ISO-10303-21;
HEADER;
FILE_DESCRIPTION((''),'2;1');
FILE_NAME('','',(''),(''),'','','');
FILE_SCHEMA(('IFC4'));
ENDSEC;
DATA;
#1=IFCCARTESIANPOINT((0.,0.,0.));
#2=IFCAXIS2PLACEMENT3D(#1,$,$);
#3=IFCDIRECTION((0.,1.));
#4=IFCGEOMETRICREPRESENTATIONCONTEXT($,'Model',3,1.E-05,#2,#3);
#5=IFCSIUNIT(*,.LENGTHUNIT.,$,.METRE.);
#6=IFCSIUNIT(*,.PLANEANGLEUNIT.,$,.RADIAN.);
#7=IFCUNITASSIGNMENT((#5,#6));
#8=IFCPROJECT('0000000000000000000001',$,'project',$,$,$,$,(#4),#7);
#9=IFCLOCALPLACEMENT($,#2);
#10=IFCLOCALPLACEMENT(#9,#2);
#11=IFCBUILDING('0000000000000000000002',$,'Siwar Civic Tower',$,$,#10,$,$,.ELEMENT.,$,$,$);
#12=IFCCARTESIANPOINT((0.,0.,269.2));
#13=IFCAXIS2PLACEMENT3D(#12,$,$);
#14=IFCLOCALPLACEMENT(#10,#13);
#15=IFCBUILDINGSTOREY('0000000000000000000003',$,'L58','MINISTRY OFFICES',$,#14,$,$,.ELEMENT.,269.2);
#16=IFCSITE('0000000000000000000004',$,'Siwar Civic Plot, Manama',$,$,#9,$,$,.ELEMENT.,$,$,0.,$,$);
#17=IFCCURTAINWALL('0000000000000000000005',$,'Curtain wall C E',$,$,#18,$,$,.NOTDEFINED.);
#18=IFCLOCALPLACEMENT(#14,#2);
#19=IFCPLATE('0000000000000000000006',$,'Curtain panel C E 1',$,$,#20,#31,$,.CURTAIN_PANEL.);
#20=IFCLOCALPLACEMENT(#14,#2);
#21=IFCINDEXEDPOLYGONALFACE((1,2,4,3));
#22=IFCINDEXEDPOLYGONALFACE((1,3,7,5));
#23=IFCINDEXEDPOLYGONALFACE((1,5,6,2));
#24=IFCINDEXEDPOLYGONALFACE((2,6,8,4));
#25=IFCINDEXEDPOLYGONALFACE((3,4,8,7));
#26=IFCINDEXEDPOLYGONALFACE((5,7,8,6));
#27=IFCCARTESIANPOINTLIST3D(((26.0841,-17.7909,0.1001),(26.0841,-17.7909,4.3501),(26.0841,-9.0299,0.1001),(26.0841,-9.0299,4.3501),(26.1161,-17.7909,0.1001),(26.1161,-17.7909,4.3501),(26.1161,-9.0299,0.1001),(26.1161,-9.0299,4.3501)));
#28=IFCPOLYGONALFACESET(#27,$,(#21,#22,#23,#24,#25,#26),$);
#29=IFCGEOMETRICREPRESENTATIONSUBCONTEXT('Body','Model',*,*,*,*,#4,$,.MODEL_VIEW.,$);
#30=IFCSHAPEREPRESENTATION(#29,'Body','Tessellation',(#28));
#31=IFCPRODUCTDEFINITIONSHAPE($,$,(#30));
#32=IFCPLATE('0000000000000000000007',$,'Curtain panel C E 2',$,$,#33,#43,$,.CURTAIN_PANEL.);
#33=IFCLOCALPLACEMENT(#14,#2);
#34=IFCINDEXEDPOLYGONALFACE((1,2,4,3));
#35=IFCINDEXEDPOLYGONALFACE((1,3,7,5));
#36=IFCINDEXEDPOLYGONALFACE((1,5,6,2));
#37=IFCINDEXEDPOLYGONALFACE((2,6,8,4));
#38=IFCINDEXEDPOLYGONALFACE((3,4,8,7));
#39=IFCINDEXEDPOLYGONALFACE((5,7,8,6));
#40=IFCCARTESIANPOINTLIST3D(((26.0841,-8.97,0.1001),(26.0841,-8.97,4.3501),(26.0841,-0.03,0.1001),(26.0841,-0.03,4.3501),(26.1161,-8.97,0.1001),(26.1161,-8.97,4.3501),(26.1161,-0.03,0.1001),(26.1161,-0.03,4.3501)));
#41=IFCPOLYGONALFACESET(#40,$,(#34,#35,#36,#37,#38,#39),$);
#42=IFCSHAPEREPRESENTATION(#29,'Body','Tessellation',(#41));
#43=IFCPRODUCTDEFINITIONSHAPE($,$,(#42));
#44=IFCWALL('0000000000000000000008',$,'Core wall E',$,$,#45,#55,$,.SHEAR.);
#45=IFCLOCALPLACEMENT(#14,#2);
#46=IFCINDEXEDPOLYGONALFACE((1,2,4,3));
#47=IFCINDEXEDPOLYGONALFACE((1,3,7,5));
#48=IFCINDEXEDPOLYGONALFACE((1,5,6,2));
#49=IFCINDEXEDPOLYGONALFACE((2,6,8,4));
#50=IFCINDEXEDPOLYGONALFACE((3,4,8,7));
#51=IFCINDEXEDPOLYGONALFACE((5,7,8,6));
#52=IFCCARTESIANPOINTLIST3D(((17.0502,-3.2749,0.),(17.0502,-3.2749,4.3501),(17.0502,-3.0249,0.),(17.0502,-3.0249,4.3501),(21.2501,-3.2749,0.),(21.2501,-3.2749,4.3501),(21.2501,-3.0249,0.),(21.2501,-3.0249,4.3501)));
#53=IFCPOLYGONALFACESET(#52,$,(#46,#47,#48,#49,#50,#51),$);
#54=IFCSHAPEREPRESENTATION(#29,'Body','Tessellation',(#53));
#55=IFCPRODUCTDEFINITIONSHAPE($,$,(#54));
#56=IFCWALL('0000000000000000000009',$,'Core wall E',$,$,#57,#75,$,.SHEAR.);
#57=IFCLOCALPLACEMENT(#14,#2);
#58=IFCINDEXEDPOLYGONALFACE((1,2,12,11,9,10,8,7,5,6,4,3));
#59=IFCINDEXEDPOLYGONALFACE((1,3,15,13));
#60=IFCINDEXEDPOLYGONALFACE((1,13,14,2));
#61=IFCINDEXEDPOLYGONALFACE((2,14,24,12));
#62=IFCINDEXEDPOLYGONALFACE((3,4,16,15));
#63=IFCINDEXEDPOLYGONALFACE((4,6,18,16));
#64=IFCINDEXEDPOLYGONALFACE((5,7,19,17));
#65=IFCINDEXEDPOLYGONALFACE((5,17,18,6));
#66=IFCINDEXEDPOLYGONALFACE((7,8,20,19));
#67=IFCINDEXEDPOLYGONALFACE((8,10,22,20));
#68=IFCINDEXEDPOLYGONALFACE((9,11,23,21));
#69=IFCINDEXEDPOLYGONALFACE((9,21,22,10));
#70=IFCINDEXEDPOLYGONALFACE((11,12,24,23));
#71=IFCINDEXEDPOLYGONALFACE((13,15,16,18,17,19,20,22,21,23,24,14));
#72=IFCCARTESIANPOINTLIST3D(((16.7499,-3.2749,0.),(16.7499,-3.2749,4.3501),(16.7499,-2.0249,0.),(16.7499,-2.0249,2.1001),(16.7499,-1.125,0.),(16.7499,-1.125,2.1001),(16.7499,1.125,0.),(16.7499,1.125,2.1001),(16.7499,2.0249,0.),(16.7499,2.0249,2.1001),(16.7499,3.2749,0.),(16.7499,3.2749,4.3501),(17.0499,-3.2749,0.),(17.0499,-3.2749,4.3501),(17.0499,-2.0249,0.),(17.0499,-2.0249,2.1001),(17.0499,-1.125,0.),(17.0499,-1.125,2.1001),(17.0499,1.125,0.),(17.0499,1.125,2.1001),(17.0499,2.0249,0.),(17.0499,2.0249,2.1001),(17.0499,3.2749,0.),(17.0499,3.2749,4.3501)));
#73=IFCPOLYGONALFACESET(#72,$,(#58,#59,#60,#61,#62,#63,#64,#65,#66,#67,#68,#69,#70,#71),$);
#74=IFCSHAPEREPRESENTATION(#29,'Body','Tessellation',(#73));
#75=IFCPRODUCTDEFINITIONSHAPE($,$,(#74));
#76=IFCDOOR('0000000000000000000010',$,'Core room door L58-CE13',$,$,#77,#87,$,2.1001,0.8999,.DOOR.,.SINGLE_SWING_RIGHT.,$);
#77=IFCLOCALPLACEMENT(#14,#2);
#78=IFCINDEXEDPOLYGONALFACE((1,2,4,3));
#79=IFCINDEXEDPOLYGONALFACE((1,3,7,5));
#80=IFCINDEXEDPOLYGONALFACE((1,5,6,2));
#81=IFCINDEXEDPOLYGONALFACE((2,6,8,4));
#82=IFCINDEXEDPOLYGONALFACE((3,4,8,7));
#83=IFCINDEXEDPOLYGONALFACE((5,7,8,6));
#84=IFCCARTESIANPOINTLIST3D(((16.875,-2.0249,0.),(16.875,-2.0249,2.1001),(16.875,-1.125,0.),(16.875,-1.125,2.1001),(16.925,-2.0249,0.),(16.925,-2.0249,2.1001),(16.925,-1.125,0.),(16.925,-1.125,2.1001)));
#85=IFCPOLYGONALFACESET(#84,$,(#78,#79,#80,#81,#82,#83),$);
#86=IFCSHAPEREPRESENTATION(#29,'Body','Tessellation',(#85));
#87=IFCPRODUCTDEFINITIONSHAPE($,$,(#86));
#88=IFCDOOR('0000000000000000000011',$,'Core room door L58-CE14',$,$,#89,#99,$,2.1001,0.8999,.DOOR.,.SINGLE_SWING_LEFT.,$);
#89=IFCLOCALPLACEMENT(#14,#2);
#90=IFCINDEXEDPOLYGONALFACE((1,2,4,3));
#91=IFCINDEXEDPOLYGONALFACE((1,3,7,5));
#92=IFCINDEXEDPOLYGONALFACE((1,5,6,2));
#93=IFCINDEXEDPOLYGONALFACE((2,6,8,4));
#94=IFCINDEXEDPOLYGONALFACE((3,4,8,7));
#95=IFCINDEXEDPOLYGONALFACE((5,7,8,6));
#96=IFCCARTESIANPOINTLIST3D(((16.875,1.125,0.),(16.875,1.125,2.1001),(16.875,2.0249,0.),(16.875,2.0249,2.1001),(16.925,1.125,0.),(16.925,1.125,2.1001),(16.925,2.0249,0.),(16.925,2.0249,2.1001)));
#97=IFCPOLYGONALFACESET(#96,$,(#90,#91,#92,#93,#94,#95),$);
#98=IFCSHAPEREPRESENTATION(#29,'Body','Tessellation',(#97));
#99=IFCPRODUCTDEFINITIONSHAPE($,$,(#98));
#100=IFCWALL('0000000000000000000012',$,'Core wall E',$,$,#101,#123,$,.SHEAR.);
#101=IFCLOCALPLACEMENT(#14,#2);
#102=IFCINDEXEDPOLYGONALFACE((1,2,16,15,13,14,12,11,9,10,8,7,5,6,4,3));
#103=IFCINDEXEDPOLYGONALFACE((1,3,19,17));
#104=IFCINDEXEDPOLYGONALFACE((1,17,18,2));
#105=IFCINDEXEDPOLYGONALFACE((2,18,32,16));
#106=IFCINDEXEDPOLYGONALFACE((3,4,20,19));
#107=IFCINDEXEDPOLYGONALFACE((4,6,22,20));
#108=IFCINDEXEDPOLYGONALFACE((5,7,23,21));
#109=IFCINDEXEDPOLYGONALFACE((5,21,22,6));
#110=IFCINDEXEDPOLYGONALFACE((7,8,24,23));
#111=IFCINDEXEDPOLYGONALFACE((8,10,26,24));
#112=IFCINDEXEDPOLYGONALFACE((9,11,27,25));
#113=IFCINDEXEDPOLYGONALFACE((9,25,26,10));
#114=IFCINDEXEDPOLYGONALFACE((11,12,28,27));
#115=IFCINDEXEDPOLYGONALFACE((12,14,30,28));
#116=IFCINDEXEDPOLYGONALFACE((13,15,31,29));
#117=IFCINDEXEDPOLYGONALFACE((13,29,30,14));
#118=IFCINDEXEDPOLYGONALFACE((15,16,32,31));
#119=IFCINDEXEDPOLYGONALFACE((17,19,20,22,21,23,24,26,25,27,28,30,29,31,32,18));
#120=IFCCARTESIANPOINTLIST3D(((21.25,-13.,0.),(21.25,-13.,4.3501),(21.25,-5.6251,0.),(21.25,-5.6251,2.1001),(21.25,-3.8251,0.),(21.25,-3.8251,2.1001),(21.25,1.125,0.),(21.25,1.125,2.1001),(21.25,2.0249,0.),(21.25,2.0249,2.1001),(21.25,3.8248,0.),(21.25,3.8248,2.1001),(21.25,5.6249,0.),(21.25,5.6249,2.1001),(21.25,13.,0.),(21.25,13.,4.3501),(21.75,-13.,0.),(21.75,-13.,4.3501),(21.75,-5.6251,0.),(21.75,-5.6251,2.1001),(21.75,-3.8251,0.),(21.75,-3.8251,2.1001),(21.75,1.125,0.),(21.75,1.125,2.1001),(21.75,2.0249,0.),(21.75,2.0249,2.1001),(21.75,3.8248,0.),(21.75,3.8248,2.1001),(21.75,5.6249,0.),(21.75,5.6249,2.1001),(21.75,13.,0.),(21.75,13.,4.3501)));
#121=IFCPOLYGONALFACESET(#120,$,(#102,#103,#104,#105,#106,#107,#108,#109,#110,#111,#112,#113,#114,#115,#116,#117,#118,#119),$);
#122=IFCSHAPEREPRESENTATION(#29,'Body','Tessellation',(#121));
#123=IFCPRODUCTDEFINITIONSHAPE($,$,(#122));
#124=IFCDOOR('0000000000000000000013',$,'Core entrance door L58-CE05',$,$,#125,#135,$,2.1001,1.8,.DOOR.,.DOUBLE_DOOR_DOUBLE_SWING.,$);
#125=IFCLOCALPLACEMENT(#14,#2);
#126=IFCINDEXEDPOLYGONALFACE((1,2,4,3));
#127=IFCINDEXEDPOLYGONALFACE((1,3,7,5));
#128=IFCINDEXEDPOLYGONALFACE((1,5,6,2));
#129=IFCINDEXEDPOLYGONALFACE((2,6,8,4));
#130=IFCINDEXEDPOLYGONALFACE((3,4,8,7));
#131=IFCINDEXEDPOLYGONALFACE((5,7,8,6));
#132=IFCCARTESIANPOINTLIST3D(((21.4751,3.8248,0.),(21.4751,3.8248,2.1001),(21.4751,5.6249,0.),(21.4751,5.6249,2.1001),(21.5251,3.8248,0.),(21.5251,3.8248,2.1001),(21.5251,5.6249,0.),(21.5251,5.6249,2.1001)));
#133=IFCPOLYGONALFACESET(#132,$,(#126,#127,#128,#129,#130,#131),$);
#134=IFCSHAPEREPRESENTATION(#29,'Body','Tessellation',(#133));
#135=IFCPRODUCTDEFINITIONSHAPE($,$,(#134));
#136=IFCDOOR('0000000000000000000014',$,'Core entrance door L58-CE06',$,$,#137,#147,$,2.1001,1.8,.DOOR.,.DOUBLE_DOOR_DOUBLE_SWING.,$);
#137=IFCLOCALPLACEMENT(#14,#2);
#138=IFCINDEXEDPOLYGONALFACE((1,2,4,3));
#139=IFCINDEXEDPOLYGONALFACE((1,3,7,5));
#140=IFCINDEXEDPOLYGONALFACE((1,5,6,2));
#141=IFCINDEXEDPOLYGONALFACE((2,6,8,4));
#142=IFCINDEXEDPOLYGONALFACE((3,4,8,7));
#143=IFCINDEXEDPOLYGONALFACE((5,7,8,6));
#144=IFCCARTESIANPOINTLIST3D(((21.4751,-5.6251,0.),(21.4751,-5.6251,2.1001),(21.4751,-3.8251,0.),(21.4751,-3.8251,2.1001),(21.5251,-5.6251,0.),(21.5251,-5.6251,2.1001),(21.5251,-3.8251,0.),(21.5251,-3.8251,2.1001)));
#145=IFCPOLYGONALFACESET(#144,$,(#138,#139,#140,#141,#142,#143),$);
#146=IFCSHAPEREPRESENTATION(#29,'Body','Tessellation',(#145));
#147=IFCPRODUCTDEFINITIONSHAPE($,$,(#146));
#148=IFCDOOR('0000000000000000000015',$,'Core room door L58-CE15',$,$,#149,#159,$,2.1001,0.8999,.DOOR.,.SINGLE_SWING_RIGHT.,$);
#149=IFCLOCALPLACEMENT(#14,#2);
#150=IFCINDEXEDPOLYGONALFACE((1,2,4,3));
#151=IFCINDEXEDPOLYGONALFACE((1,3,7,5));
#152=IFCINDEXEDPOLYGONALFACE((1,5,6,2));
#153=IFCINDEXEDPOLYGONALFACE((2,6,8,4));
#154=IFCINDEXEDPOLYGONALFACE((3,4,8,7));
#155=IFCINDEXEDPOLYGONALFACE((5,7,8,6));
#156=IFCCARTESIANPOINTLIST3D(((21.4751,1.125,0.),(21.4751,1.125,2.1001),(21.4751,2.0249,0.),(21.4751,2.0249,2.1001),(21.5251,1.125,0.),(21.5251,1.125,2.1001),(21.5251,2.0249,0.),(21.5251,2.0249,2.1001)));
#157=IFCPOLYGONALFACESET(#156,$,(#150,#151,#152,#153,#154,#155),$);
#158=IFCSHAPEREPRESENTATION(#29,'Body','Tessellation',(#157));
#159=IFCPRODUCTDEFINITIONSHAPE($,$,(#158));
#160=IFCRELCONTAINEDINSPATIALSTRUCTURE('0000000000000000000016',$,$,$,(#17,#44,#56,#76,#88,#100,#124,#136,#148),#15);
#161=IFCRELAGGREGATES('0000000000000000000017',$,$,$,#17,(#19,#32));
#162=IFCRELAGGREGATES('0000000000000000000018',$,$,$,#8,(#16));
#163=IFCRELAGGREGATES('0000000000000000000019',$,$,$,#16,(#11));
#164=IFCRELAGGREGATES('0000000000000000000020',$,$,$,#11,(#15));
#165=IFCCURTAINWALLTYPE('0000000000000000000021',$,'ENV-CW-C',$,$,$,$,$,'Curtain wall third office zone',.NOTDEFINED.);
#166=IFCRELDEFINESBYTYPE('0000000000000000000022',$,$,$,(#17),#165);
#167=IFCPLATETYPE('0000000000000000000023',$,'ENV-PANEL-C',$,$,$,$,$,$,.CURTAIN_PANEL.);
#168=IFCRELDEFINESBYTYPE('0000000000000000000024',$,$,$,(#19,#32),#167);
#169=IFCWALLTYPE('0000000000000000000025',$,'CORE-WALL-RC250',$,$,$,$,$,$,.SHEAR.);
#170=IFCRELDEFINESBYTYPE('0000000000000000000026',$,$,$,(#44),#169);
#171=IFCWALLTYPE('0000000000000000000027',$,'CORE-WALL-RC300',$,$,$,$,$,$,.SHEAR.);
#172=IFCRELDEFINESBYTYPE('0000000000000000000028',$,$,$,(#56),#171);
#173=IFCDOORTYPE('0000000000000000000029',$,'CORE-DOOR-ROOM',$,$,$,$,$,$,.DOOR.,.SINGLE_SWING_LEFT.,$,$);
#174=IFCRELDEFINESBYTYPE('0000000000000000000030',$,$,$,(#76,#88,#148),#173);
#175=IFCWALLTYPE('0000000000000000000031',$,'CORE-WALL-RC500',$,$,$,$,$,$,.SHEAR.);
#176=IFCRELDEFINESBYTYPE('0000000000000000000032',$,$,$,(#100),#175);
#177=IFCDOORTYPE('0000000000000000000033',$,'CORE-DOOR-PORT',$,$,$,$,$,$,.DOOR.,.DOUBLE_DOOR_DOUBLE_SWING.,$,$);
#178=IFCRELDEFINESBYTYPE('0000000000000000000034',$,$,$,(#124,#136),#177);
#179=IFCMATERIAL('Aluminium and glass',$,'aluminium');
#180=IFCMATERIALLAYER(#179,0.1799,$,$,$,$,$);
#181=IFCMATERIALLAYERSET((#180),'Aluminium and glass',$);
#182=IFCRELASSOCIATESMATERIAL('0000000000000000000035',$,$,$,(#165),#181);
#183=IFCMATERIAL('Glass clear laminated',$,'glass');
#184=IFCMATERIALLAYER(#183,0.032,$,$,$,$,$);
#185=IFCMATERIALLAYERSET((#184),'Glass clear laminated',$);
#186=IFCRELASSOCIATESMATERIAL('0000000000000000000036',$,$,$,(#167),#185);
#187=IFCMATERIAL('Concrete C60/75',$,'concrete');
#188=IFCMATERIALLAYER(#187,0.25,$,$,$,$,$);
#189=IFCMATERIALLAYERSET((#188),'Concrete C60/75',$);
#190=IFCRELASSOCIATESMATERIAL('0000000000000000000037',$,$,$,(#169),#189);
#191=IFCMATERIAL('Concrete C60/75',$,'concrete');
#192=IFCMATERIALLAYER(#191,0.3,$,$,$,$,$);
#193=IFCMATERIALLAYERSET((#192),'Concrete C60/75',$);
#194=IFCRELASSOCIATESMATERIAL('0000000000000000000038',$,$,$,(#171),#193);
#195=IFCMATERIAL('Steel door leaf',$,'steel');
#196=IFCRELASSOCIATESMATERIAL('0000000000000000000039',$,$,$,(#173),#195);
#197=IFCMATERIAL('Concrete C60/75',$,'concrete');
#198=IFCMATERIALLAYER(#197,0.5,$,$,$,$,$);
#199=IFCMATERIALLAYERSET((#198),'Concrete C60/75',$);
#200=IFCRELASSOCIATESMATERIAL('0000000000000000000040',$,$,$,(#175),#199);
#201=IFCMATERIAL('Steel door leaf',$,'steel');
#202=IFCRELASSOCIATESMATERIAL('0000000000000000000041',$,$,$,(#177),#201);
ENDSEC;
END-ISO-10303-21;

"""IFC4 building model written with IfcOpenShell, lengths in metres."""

from ifc_helpers import new_model, si_unit, direction, frame, frame_2d, origin, origin_2d, place, context, subcontext, project, spatial, rectangle, extrude, material, layer, layer_set, type_object, element, fill, aggregate, save


model = new_model("IFC4")

# Units and contexts
model_context = context("Model", 3, precision=1e-05, world=origin(), true_north=direction((0.0, 1.0)))
body_context = subcontext(model_context, "Body", "Model", "MODEL_VIEW")
ifc_project = project(units=[si_unit("LENGTHUNIT", "METRE"), si_unit("PLANEANGLEUNIT", "RADIAN")], contexts=[model_context])

# Site, building, storey
site_placement = place(None, origin())
site = spatial("IfcSite", under=ifc_project, at=site_placement, Name="Siwar Civic Plot, Manama", CompositionType="ELEMENT", RefElevation=0.0)
building_placement = place(site_placement, origin())
building = spatial("IfcBuilding", under=site, at=building_placement, Name="Siwar Civic Tower", CompositionType="ELEMENT")
storey_placement = place(building_placement, frame((0.0, 0.0, 269.2)))
storey = spatial("IfcBuildingStorey", under=building, at=storey_placement, Name="L58", Description="MINISTRY OFFICES", CompositionType="ELEMENT", Elevation=269.2)

# Curtain wall
ifc_material_1 = material(Name="Aluminium and glass", Category="aluminium")
ifc_layer_1 = layer(ifc_material_1, 0.1799)
ifc_layer_set_1 = layer_set([ifc_layer_1], Name="Aluminium and glass")
curtain_wall_type = type_object("IfcCurtainWallType", Name="ENV-CW-C", ElementType="Curtain wall third office zone", PredefinedType="NOTDEFINED", material=ifc_layer_set_1)
curtain_wall_placement = place(storey_placement, origin())
curtain_wall = element("IfcCurtainWall", 1, at=curtain_wall_placement, inside=storey, type_object=curtain_wall_type, Name="Curtain wall C E", PredefinedType="NOTDEFINED")

# Plates
ifc_material_2 = material(Name="Glass clear laminated", Category="glass")
ifc_layer_2 = layer(ifc_material_2, 0.032)
ifc_layer_set_2 = layer_set([ifc_layer_2], Name="Glass clear laminated")
plate_type = type_object("IfcPlateType", Name="ENV-PANEL-C", PredefinedType="CURTAIN_PANEL", material=ifc_layer_set_2)
plate_1_placement = place(storey_placement, frame((26.1001, -13.4104, 0.1001), z_axis=(0.0, 0.0, 1.0), x_axis=(0.0, 1.0, 0.0)))
plate_1 = element("IfcPlate", 2, at=plate_1_placement, type_object=plate_type, Name="Curtain panel C E 1", PredefinedType="CURTAIN_PANEL", context=body_context, shape_type="SweptSolid", body=[
    extrude(rectangle(XDim=8.761, YDim=0.032, at=origin_2d()), origin(), (0.0, 0.0, 1.0), 4.25),
])
plate_2_placement = place(storey_placement, frame((26.1001, -4.5, 0.1001), z_axis=(0.0, 0.0, 1.0), x_axis=(0.0, 1.0, 0.0)))
plate_2 = element("IfcPlate", 3, at=plate_2_placement, type_object=plate_type, Name="Curtain panel C E 2", PredefinedType="CURTAIN_PANEL", context=body_context, shape_type="SweptSolid", body=[
    extrude(rectangle(XDim=8.9399, YDim=0.032, at=origin_2d()), origin(), (0.0, 0.0, 1.0), 4.25),
])
aggregate(curtain_wall, [plate_1, plate_2])

# Wall
ifc_material_3 = material(Name="Concrete C60/75", Category="concrete")
ifc_layer_3 = layer(ifc_material_3, 0.25)
ifc_layer_set_3 = layer_set([ifc_layer_3], Name="Concrete C60/75")
wall_type_1 = type_object("IfcWallType", Name="CORE-WALL-RC250", PredefinedType="SHEAR", material=ifc_layer_set_3)
wall_1_placement = place(storey_placement, frame((17.05, -3.1499, 0.0), z_axis=(0.0, 0.0, 1.0), x_axis=(1.0, 0.0, 0.0)))
element("IfcWall", 4, at=wall_1_placement, inside=storey, type_object=wall_type_1, Name="Core wall E", PredefinedType="SHEAR", context=body_context, shape_type="SweptSolid", body=[
    extrude(rectangle(XDim=4.2, YDim=0.25, at=frame_2d((2.1001, 0.0))), origin(), (0.0, 0.0, 1.0), 4.3501),
])

# Walls, openings, doors
ifc_material_4 = material(Name="Concrete C60/75", Category="concrete")
ifc_layer_4 = layer(ifc_material_4, 0.3)
ifc_layer_set_4 = layer_set([ifc_layer_4], Name="Concrete C60/75")
wall_type_2 = type_object("IfcWallType", Name="CORE-WALL-RC300", PredefinedType="SHEAR", material=ifc_layer_set_4)
wall_2_placement = place(storey_placement, frame((16.8999, -3.2749, 0.0), z_axis=(0.0, 0.0, 1.0), x_axis=(0.0, 1.0, 0.0)))
wall_2 = element("IfcWall", 5, at=wall_2_placement, inside=storey, type_object=wall_type_2, Name="Core wall E", PredefinedType="SHEAR", context=body_context, shape_type="SweptSolid", body=[
    extrude(rectangle(XDim=6.5498, YDim=0.3, at=frame_2d((3.2749, 0.0))), origin(), (0.0, 0.0, 1.0), 4.3501),
])
opening_1_placement = place(wall_2_placement, frame((1.25, 0.0, 0.0)))
opening_1 = element("IfcOpeningElement", 6, at=opening_1_placement, cuts=wall_2, PredefinedType="OPENING", context=body_context, shape_type="SweptSolid", body=[
    extrude(rectangle(XDim=0.8999, YDim=2.1001, at=frame_2d((0.45, 1.05))), frame((0.0, 0.1602, 0.0), z_axis=(0.0, -1.0, 0.0), x_axis=(1.0, 0.0, 0.0)), (0.0, 0.0, 1.0), 0.3201),
])
opening_2_placement = place(wall_2_placement, frame((4.3999, 0.0, 0.0)))
opening_2 = element("IfcOpeningElement", 7, at=opening_2_placement, cuts=wall_2, PredefinedType="OPENING", context=body_context, shape_type="SweptSolid", body=[
    extrude(rectangle(XDim=0.8999, YDim=2.1001, at=frame_2d((0.45, 1.05))), frame((0.0, 0.1602, 0.0), z_axis=(0.0, -1.0, 0.0), x_axis=(1.0, 0.0, 0.0)), (0.0, 0.0, 1.0), 0.3201),
])
ifc_material_5 = material(Name="Steel door leaf", Category="steel")
door_type_1 = type_object("IfcDoorType", Name="CORE-DOOR-ROOM", OperationType="SINGLE_SWING_LEFT", PredefinedType="DOOR", material=ifc_material_5)
door_1_placement = place(opening_1_placement, origin())
door_1 = element("IfcDoor", 8, at=door_1_placement, inside=storey, type_object=door_type_1, Name="Core room door L58-CE13", OperationType="SINGLE_SWING_RIGHT", OverallHeight=2.1001, OverallWidth=0.8999, PredefinedType="DOOR", context=body_context, shape_type="SweptSolid", body=[
    extrude(rectangle(XDim=0.8999, YDim=2.1001, at=frame_2d((0.45, 1.05))), frame((0.0, 0.0249, 0.0), z_axis=(0.0, -1.0, 0.0), x_axis=(1.0, 0.0, 0.0)), (0.0, 0.0, 1.0), 0.05),
])
fill(opening_1, door_1)
door_2_placement = place(opening_2_placement, origin())
door_2 = element("IfcDoor", 9, at=door_2_placement, inside=storey, type_object=door_type_1, Name="Core room door L58-CE14", OperationType="SINGLE_SWING_LEFT", OverallHeight=2.1001, OverallWidth=0.8999, PredefinedType="DOOR", context=body_context, shape_type="SweptSolid", body=[
    extrude(rectangle(XDim=0.8999, YDim=2.1001, at=frame_2d((0.45, 1.05))), frame((0.0, 0.0249, 0.0), z_axis=(0.0, -1.0, 0.0), x_axis=(1.0, 0.0, 0.0)), (0.0, 0.0, 1.0), 0.05),
])
fill(opening_2, door_2)
ifc_material_6 = material(Name="Concrete C60/75", Category="concrete")
ifc_layer_5 = layer(ifc_material_6, 0.5)
ifc_layer_set_5 = layer_set([ifc_layer_5], Name="Concrete C60/75")
wall_type_3 = type_object("IfcWallType", Name="CORE-WALL-RC500", PredefinedType="SHEAR", material=ifc_layer_set_5)
wall_3_placement = place(storey_placement, frame((21.5, -13.0, 0.0), z_axis=(0.0, 0.0, 1.0), x_axis=(0.0, 1.0, 0.0)))
wall_3 = element("IfcWall", 10, at=wall_3_placement, inside=storey, type_object=wall_type_3, Name="Core wall E", PredefinedType="SHEAR", context=body_context, shape_type="SweptSolid", body=[
    extrude(rectangle(XDim=26.0, YDim=0.5, at=frame_2d((13.0, 0.0))), origin(), (0.0, 0.0, 1.0), 4.3501),
])
opening_3_placement = place(wall_3_placement, frame((16.825, 0.0, 0.0)))
opening_3 = element("IfcOpeningElement", 11, at=opening_3_placement, cuts=wall_3, PredefinedType="OPENING", context=body_context, shape_type="SweptSolid", body=[
    extrude(rectangle(XDim=1.8, YDim=2.1001, at=frame_2d((0.8999, 1.05))), frame((0.0, 0.26, 0.0), z_axis=(0.0, -1.0, 0.0), x_axis=(1.0, 0.0, 0.0)), (0.0, 0.0, 1.0), 0.52),
])
opening_4_placement = place(wall_3_placement, frame((7.375, 0.0, 0.0)))
opening_4 = element("IfcOpeningElement", 12, at=opening_4_placement, cuts=wall_3, PredefinedType="OPENING", context=body_context, shape_type="SweptSolid", body=[
    extrude(rectangle(XDim=1.8, YDim=2.1001, at=frame_2d((0.8999, 1.05))), frame((0.0, 0.26, 0.0), z_axis=(0.0, -1.0, 0.0), x_axis=(1.0, 0.0, 0.0)), (0.0, 0.0, 1.0), 0.52),
])
opening_5_placement = place(wall_3_placement, frame((14.125, 0.0, 0.0)))
opening_5 = element("IfcOpeningElement", 13, at=opening_5_placement, cuts=wall_3, PredefinedType="OPENING", context=body_context, shape_type="SweptSolid", body=[
    extrude(rectangle(XDim=0.8999, YDim=2.1001, at=frame_2d((0.45, 1.05))), frame((0.0, 0.26, 0.0), z_axis=(0.0, -1.0, 0.0), x_axis=(1.0, 0.0, 0.0)), (0.0, 0.0, 1.0), 0.52),
])
ifc_material_7 = material(Name="Steel door leaf", Category="steel")
door_type_2 = type_object("IfcDoorType", Name="CORE-DOOR-PORT", OperationType="DOUBLE_DOOR_DOUBLE_SWING", PredefinedType="DOOR", material=ifc_material_7)
door_3_placement = place(opening_3_placement, origin())
door_3 = element("IfcDoor", 14, at=door_3_placement, inside=storey, type_object=door_type_2, Name="Core entrance door L58-CE05", OperationType="DOUBLE_DOOR_DOUBLE_SWING", OverallHeight=2.1001, OverallWidth=1.8, PredefinedType="DOOR", context=body_context, shape_type="SweptSolid", body=[
    extrude(rectangle(XDim=1.8, YDim=2.1001, at=frame_2d((0.8999, 1.05))), frame((0.0, 0.0249, 0.0), z_axis=(0.0, -1.0, 0.0), x_axis=(1.0, 0.0, 0.0)), (0.0, 0.0, 1.0), 0.05),
])
fill(opening_3, door_3)
door_4_placement = place(opening_4_placement, origin())
door_4 = element("IfcDoor", 15, at=door_4_placement, inside=storey, type_object=door_type_2, Name="Core entrance door L58-CE06", OperationType="DOUBLE_DOOR_DOUBLE_SWING", OverallHeight=2.1001, OverallWidth=1.8, PredefinedType="DOOR", context=body_context, shape_type="SweptSolid", body=[
    extrude(rectangle(XDim=1.8, YDim=2.1001, at=frame_2d((0.8999, 1.05))), frame((0.0, 0.0249, 0.0), z_axis=(0.0, -1.0, 0.0), x_axis=(1.0, 0.0, 0.0)), (0.0, 0.0, 1.0), 0.05),
])
fill(opening_4, door_4)
door_5_placement = place(opening_5_placement, origin())
door_5 = element("IfcDoor", 16, at=door_5_placement, inside=storey, type_object=door_type_1, Name="Core room door L58-CE15", OperationType="SINGLE_SWING_RIGHT", OverallHeight=2.1001, OverallWidth=0.8999, PredefinedType="DOOR", context=body_context, shape_type="SweptSolid", body=[
    extrude(rectangle(XDim=0.8999, YDim=2.1001, at=frame_2d((0.45, 1.05))), frame((0.0, 0.0249, 0.0), z_axis=(0.0, -1.0, 0.0), x_axis=(1.0, 0.0, 0.0)), (0.0, 0.0, 1.0), 0.05),
])
fill(opening_5, door_5)

save(model, "model.ifc")
